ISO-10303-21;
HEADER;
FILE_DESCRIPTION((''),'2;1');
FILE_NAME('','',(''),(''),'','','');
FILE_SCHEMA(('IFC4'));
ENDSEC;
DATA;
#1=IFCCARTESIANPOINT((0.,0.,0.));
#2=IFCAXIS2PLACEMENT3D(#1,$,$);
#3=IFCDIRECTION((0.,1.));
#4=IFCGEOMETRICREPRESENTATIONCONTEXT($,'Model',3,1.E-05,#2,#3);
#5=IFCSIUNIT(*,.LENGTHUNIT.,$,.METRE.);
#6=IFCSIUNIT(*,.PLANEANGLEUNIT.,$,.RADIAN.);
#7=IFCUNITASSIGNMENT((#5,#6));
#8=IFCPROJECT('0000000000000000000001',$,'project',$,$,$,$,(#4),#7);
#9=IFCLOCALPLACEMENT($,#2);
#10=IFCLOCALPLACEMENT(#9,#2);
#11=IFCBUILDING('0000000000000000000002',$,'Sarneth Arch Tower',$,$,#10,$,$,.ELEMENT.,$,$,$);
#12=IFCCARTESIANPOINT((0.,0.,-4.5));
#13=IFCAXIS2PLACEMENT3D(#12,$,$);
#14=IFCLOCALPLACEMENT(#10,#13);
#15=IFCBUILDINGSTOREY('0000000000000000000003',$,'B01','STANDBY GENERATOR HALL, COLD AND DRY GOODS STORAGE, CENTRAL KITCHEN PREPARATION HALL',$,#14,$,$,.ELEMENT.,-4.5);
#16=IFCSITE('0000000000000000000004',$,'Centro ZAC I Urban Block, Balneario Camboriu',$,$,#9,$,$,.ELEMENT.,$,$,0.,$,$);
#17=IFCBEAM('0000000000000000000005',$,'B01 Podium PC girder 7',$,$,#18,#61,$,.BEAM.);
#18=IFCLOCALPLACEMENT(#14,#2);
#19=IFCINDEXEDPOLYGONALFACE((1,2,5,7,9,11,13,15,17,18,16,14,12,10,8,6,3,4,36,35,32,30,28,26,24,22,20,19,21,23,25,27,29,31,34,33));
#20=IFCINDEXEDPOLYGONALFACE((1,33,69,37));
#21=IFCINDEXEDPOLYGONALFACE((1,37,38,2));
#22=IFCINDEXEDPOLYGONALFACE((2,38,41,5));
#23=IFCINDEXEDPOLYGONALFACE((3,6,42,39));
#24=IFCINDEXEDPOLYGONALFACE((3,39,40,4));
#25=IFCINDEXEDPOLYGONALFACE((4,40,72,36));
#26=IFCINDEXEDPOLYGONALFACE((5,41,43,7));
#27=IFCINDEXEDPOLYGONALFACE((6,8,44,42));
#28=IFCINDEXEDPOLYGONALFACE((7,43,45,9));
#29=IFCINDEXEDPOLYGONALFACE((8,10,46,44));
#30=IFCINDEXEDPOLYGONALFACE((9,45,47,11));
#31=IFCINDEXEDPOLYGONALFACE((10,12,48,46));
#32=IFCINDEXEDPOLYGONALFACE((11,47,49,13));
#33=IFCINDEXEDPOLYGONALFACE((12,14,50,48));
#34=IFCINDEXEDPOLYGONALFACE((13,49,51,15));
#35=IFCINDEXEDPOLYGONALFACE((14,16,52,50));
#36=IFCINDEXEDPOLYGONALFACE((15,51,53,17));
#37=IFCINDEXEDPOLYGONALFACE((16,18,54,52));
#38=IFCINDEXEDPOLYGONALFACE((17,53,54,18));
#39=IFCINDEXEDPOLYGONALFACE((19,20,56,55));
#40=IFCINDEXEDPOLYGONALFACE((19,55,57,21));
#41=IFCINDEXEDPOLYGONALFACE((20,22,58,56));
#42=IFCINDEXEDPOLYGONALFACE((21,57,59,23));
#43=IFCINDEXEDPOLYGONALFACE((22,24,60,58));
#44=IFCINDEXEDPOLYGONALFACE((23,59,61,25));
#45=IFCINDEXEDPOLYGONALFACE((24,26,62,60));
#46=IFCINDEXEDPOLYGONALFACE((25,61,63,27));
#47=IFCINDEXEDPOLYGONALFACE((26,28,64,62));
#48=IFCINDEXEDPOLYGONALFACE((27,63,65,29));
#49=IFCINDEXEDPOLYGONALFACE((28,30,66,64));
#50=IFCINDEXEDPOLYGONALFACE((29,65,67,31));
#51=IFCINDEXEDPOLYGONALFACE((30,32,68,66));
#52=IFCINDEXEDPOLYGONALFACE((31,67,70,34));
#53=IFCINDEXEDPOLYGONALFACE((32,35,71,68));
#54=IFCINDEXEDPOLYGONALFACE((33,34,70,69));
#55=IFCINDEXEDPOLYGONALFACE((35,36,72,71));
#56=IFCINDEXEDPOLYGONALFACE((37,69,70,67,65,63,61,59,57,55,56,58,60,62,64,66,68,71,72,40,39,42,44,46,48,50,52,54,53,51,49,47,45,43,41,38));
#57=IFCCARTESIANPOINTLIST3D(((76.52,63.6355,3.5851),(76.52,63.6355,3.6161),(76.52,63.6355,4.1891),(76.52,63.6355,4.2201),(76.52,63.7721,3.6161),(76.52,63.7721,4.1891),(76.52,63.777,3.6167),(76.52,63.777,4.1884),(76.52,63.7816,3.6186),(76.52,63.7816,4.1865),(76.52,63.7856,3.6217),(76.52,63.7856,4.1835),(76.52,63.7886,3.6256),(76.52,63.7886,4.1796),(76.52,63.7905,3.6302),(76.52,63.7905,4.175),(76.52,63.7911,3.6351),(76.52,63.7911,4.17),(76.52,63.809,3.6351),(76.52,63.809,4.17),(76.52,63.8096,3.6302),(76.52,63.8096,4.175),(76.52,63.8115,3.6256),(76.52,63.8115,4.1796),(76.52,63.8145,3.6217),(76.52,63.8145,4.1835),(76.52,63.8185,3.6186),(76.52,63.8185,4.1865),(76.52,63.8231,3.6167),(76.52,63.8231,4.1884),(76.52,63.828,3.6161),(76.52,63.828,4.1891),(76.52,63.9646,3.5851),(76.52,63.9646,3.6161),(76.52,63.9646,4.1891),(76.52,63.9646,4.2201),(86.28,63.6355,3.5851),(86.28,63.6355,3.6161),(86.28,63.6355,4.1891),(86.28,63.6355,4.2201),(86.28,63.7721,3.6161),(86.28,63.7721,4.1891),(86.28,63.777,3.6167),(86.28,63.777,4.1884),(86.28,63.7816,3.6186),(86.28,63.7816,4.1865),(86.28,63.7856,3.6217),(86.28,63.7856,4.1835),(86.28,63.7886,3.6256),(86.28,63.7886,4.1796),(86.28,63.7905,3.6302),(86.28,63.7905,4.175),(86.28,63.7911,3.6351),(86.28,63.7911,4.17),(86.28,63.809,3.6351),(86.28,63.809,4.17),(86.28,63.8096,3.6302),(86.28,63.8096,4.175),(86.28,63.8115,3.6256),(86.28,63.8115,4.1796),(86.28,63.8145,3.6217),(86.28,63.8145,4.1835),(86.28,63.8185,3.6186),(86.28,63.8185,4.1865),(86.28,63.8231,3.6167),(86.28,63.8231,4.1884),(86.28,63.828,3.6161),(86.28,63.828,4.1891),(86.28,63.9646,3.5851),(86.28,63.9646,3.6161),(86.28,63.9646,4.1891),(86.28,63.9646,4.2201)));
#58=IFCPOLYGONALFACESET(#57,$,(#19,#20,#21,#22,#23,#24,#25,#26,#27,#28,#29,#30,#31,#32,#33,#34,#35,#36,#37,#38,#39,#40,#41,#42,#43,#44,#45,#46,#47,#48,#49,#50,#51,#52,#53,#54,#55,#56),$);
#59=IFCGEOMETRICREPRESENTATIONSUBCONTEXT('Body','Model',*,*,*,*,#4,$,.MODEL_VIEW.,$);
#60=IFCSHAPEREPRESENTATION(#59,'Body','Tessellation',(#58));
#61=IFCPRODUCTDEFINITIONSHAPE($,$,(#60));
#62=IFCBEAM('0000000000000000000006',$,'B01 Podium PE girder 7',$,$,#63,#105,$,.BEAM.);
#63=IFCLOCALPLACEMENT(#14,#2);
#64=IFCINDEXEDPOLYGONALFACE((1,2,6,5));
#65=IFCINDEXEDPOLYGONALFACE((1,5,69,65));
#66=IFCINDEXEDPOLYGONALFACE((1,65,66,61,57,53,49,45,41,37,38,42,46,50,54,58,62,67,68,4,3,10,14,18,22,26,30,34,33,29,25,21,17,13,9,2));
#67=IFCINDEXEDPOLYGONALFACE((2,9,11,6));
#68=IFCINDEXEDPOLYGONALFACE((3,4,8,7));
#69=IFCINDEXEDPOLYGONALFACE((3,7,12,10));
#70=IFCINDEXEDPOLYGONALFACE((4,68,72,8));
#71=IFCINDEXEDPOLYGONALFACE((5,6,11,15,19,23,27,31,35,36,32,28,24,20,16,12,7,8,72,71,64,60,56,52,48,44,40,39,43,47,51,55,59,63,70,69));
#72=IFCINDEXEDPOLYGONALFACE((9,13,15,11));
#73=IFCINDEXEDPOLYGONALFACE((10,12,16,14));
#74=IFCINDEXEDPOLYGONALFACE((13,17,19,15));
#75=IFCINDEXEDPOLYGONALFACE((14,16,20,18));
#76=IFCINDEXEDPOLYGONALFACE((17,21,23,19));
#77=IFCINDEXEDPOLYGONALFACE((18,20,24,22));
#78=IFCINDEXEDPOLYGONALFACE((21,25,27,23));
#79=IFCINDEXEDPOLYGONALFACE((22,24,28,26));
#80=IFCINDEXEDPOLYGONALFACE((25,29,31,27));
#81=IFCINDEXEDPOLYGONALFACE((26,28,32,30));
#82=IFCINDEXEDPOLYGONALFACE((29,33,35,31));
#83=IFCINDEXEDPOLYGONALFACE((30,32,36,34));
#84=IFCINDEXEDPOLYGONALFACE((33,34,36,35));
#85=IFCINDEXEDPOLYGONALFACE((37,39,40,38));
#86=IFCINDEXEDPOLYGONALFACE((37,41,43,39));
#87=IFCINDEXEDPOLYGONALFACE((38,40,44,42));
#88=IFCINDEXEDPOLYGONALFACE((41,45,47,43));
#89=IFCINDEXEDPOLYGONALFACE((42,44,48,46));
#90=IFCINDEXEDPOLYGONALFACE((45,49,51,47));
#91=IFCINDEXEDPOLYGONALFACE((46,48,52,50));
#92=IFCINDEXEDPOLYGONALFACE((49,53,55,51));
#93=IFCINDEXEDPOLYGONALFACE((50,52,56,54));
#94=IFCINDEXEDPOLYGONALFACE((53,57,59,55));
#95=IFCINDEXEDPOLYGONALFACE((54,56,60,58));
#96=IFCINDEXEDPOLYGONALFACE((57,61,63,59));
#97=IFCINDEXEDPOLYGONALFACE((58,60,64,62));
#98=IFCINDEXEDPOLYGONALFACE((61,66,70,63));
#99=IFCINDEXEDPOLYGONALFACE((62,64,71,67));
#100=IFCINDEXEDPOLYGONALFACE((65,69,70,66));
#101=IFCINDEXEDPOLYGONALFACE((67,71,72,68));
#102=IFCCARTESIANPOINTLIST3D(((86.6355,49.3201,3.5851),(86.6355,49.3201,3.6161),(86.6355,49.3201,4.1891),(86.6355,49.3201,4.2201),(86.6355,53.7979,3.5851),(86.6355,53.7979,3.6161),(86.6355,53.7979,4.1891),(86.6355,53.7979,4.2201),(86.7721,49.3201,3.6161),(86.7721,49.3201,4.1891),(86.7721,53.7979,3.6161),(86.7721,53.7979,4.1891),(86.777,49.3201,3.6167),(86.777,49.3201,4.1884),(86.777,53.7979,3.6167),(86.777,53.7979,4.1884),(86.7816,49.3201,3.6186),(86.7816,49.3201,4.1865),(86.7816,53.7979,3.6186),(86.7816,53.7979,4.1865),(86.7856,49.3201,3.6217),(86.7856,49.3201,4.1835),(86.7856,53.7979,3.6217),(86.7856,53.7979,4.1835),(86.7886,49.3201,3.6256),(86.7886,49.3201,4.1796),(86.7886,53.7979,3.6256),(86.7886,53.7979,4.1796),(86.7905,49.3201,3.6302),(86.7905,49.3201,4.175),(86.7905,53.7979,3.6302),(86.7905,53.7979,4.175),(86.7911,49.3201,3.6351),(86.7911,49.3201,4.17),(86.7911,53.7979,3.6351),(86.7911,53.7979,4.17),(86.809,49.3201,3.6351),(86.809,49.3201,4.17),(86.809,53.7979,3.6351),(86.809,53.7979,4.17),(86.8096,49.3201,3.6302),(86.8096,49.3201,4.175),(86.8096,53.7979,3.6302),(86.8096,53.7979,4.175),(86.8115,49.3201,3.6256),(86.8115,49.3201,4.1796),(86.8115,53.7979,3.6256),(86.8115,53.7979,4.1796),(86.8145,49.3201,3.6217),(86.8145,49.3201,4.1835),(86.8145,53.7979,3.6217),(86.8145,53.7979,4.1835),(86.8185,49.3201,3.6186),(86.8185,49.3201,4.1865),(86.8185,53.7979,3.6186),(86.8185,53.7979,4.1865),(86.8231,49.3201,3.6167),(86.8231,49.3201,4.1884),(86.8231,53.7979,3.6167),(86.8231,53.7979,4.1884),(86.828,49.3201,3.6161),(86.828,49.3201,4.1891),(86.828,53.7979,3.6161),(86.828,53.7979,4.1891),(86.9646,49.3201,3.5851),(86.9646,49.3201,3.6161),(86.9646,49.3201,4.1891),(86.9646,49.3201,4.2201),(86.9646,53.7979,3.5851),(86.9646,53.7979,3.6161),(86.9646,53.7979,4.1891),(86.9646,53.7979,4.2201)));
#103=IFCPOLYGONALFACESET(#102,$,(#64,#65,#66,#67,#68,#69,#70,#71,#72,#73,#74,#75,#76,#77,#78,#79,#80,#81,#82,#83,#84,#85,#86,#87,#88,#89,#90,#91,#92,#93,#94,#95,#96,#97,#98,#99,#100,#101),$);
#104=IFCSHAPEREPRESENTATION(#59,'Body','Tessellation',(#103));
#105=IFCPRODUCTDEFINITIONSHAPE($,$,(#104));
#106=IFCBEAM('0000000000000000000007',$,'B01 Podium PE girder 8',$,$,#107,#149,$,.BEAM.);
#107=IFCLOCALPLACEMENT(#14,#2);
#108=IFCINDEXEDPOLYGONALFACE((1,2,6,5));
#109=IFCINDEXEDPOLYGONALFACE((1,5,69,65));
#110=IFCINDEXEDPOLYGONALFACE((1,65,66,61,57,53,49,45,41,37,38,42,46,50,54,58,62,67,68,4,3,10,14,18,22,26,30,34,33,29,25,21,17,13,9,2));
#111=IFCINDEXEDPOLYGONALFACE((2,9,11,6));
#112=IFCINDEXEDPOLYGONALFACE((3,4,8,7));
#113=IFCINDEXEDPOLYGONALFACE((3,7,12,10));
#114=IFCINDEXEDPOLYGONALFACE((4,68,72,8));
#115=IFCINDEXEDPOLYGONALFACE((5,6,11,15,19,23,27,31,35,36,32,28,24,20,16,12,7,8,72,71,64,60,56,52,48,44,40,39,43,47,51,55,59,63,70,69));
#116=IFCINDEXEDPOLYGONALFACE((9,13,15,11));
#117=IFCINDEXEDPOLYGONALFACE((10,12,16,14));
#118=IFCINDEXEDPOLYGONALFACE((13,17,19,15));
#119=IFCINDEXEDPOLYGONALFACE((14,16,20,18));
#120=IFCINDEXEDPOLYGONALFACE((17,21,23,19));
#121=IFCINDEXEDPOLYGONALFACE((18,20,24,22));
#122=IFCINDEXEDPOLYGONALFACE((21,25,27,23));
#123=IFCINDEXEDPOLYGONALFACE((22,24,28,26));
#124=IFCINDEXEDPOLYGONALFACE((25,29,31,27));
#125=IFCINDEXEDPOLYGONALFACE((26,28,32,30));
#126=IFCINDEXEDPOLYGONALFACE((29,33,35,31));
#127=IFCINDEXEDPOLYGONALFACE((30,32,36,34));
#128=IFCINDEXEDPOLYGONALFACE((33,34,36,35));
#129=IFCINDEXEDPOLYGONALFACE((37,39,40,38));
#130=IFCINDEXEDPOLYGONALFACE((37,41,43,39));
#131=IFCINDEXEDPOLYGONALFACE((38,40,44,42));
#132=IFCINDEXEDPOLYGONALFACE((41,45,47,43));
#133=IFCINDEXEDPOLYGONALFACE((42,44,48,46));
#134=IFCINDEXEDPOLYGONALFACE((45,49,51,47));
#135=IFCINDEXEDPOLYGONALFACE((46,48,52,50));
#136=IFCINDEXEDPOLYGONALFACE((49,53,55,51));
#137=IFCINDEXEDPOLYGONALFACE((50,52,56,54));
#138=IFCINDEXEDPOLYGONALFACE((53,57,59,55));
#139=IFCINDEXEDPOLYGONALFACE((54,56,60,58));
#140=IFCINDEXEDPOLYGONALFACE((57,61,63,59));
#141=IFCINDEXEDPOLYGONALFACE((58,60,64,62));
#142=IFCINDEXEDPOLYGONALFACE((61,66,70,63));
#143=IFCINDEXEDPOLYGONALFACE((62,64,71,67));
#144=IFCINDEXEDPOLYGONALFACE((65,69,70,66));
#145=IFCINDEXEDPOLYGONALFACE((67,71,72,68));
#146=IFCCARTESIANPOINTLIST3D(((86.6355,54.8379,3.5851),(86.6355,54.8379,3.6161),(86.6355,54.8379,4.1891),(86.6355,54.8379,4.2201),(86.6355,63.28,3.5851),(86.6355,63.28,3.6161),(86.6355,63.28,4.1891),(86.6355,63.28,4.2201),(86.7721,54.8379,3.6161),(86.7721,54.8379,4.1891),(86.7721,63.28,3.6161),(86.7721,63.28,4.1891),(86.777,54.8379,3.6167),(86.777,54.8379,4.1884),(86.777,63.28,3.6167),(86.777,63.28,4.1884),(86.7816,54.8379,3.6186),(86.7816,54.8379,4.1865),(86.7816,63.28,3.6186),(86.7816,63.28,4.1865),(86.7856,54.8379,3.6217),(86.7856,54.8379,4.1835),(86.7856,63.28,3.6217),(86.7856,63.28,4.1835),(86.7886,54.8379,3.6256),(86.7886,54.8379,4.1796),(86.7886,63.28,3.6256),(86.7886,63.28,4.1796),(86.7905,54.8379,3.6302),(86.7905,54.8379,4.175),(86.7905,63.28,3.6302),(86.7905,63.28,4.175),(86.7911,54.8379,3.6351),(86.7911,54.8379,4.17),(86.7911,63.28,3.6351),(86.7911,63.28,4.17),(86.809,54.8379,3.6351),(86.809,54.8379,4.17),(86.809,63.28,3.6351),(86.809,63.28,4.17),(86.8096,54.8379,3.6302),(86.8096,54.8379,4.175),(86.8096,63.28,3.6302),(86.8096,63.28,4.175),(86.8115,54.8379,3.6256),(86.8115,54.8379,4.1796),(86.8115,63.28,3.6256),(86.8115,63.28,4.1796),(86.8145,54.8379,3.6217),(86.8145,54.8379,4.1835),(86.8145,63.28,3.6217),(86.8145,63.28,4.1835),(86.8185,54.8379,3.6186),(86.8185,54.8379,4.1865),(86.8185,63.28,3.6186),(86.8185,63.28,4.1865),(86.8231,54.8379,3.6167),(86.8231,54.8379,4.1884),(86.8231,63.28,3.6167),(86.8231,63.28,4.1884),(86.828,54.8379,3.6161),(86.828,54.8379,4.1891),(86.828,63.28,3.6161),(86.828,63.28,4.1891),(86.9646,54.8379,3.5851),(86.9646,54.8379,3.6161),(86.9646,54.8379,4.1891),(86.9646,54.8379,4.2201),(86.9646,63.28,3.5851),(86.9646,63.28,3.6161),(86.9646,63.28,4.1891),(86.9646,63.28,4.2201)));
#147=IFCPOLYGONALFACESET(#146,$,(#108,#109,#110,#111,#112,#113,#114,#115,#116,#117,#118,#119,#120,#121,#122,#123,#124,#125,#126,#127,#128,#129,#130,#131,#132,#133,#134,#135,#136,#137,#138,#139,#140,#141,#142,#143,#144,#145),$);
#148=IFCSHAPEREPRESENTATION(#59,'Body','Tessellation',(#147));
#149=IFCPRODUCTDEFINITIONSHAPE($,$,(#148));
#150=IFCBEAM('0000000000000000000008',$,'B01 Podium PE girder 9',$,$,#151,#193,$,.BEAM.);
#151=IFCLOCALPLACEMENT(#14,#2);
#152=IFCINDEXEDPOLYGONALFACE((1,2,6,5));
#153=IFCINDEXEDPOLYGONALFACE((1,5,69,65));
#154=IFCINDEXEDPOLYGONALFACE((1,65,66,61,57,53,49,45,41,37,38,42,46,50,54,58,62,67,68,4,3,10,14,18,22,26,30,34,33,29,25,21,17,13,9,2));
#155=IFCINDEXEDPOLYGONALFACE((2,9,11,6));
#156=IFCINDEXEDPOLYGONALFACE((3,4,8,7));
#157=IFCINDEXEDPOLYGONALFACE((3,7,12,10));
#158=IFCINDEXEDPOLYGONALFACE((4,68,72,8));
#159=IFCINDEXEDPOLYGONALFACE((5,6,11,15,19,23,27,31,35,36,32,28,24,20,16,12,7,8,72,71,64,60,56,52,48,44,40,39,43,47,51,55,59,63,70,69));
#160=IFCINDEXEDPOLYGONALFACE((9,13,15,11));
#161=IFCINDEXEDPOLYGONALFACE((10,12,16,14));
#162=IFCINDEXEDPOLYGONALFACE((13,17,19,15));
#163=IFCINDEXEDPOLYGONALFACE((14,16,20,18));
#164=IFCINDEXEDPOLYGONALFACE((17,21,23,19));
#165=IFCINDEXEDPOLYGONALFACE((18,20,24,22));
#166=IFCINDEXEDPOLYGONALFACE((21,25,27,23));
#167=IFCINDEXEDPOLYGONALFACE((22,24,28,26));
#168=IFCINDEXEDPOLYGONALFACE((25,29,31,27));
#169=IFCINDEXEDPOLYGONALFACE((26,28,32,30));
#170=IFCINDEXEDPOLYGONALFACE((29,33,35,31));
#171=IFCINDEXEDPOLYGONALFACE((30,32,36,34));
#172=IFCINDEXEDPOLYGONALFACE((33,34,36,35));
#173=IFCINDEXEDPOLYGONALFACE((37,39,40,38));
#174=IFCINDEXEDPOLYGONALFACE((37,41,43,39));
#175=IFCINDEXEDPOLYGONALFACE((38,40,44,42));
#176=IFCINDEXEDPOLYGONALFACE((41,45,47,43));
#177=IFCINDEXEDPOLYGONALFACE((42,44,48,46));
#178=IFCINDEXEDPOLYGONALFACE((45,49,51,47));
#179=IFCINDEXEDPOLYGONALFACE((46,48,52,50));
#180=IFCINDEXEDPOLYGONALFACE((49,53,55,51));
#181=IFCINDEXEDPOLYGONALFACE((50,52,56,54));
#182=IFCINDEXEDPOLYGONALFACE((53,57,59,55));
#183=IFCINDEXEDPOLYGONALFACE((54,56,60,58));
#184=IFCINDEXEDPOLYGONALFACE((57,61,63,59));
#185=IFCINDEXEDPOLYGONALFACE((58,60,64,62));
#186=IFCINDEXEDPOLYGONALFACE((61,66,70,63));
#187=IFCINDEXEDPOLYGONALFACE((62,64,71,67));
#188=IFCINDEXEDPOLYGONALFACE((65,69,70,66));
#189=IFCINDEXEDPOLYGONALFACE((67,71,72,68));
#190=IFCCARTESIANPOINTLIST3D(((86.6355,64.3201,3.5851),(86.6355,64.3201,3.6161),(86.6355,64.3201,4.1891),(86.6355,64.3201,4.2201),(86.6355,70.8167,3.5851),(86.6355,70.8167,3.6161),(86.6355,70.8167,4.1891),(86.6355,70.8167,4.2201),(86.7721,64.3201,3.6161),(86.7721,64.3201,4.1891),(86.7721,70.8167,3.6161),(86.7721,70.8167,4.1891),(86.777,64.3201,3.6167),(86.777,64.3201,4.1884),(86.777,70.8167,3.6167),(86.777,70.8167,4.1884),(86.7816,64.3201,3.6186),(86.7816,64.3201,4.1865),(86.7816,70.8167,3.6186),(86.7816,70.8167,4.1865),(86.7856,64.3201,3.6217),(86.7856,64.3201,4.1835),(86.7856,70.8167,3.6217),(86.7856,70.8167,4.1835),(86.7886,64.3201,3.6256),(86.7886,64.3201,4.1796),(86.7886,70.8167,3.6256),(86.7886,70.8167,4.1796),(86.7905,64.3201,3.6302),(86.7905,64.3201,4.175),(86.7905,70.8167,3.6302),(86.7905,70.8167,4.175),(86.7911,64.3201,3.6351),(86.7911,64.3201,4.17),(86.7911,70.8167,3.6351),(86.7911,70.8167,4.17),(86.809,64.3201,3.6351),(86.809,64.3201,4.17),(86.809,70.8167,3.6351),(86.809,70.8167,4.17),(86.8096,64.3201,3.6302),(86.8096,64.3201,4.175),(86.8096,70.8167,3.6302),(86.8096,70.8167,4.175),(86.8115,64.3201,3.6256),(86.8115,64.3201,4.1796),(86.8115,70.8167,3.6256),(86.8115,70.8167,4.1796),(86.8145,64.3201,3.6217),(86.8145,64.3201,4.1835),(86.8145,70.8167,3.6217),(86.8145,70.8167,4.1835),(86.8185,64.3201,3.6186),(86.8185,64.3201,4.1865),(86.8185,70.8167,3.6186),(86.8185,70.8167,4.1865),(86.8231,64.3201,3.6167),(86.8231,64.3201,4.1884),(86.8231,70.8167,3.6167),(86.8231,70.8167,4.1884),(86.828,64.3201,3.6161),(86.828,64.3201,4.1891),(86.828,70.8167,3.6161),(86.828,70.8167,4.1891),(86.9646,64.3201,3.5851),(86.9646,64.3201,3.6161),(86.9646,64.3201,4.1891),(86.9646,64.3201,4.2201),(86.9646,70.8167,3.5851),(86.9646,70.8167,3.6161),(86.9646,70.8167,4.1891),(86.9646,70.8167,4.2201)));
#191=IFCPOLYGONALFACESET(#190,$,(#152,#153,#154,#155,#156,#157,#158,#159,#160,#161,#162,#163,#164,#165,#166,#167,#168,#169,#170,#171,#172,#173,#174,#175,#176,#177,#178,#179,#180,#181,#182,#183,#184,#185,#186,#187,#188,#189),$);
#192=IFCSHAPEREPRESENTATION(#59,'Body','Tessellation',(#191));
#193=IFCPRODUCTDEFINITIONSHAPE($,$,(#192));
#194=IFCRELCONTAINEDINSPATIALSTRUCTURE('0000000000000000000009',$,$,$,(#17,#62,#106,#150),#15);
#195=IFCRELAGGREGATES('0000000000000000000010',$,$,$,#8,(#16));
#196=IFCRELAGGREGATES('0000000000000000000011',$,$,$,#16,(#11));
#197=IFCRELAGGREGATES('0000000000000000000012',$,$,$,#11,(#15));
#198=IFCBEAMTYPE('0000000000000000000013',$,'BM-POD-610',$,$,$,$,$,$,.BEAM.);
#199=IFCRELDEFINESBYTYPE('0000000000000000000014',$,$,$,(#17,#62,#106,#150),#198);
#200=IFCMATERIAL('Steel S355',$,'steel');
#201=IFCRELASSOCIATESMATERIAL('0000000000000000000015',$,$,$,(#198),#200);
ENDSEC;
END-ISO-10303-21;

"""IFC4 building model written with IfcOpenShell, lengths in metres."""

from ifc_helpers import new_model, si_unit, direction, frame, origin, origin_2d, place, context, subcontext, project, spatial, i_section, extrude, material, material_profile, profile_set, type_object, element, save


model = new_model("IFC4")

# Units and contexts
model_context = context("Model", 3, precision=1e-05, world=origin(), true_north=direction((0.0, 1.0)))
body_context = subcontext(model_context, "Body", "Model", "MODEL_VIEW")
ifc_project = project(units=[si_unit("LENGTHUNIT", "METRE"), si_unit("PLANEANGLEUNIT", "RADIAN")], contexts=[model_context])

# Site, building, storey
site_placement = place(None, origin())
site = spatial("IfcSite", under=ifc_project, at=site_placement, Name="Centro ZAC I Urban Block, Balneario Camboriu", CompositionType="ELEMENT", RefElevation=0.0)
building_placement = place(site_placement, origin())
building = spatial("IfcBuilding", under=site, at=building_placement, Name="Sarneth Arch Tower", CompositionType="ELEMENT")
storey_placement = place(building_placement, frame((0.0, 0.0, -4.5)))
storey = spatial("IfcBuildingStorey", under=building, at=storey_placement, Name="B01", Description="STANDBY GENERATOR HALL, COLD AND DRY GOODS STORAGE, CENTRAL KITCHEN PREPARATION HALL", CompositionType="ELEMENT", Elevation=-4.5)

# Beams
ifc_material_1 = material(Name="Steel S355", Category="steel")
ifc_material_profile_1 = material_profile(ifc_material_1, i_section(OverallWidth=0.3291, OverallDepth=0.635, WebThickness=0.0178, FlangeThickness=0.031, FilletRadius=0.019, at=origin_2d()), Name="W610x241")
ifc_profile_set_1 = profile_set([ifc_material_profile_1], Name="Steel S355")
beam_type = type_object("IfcBeamType", Name="BM-POD-610", PredefinedType="BEAM", material=ifc_profile_set_1)
for number, where, z_axis, x_axis, name in (
    (1, (76.52, 63.8, 3.9026), (1.0, 0.0, 0.0), (0.0, 1.0, 0.0), "B01 Podium PC girder 7"),
):
    element("IfcBeam", number, at=place(storey_placement, frame(where, z_axis=z_axis, x_axis=x_axis)), inside=storey, type_object=beam_type, Name=name, PredefinedType="BEAM", context=body_context, shape_type="SweptSolid", body=[
        extrude(i_section(OverallWidth=0.3291, OverallDepth=0.635, WebThickness=0.0178, FlangeThickness=0.031, FilletRadius=0.019, at=origin_2d()), origin(), (0.0, 0.0, 1.0), 9.76),
    ])
beam_1_placement = place(storey_placement, frame((86.8, 49.3201, 3.9026), z_axis=(0.0, 1.0, 0.0), x_axis=(-1.0, 0.0, 0.0)))
element("IfcBeam", 2, at=beam_1_placement, inside=storey, type_object=beam_type, Name="B01 Podium PE girder 7", PredefinedType="BEAM", context=body_context, shape_type="SweptSolid", body=[
    extrude(i_section(OverallWidth=0.3291, OverallDepth=0.635, WebThickness=0.0178, FlangeThickness=0.031, FilletRadius=0.019, at=origin_2d()), origin(), (0.0, 0.0, 1.0), 4.4778),
])
beam_2_placement = place(storey_placement, frame((86.8, 54.8379, 3.9026), z_axis=(0.0, 1.0, 0.0), x_axis=(-1.0, 0.0, 0.0)))
element("IfcBeam", 3, at=beam_2_placement, inside=storey, type_object=beam_type, Name="B01 Podium PE girder 8", PredefinedType="BEAM", context=body_context, shape_type="SweptSolid", body=[
    extrude(i_section(OverallWidth=0.3291, OverallDepth=0.635, WebThickness=0.0178, FlangeThickness=0.031, FilletRadius=0.019, at=origin_2d()), origin(), (0.0, 0.0, 1.0), 8.4421),
])
beam_3_placement = place(storey_placement, frame((86.8, 64.3201, 3.9026), z_axis=(0.0, 1.0, 0.0), x_axis=(-1.0, 0.0, 0.0)))
element("IfcBeam", 4, at=beam_3_placement, inside=storey, type_object=beam_type, Name="B01 Podium PE girder 9", PredefinedType="BEAM", context=body_context, shape_type="SweptSolid", body=[
    extrude(i_section(OverallWidth=0.3291, OverallDepth=0.635, WebThickness=0.0178, FlangeThickness=0.031, FilletRadius=0.019, at=origin_2d()), origin(), (0.0, 0.0, 1.0), 6.4966),
])

save(model, "model.ifc")
